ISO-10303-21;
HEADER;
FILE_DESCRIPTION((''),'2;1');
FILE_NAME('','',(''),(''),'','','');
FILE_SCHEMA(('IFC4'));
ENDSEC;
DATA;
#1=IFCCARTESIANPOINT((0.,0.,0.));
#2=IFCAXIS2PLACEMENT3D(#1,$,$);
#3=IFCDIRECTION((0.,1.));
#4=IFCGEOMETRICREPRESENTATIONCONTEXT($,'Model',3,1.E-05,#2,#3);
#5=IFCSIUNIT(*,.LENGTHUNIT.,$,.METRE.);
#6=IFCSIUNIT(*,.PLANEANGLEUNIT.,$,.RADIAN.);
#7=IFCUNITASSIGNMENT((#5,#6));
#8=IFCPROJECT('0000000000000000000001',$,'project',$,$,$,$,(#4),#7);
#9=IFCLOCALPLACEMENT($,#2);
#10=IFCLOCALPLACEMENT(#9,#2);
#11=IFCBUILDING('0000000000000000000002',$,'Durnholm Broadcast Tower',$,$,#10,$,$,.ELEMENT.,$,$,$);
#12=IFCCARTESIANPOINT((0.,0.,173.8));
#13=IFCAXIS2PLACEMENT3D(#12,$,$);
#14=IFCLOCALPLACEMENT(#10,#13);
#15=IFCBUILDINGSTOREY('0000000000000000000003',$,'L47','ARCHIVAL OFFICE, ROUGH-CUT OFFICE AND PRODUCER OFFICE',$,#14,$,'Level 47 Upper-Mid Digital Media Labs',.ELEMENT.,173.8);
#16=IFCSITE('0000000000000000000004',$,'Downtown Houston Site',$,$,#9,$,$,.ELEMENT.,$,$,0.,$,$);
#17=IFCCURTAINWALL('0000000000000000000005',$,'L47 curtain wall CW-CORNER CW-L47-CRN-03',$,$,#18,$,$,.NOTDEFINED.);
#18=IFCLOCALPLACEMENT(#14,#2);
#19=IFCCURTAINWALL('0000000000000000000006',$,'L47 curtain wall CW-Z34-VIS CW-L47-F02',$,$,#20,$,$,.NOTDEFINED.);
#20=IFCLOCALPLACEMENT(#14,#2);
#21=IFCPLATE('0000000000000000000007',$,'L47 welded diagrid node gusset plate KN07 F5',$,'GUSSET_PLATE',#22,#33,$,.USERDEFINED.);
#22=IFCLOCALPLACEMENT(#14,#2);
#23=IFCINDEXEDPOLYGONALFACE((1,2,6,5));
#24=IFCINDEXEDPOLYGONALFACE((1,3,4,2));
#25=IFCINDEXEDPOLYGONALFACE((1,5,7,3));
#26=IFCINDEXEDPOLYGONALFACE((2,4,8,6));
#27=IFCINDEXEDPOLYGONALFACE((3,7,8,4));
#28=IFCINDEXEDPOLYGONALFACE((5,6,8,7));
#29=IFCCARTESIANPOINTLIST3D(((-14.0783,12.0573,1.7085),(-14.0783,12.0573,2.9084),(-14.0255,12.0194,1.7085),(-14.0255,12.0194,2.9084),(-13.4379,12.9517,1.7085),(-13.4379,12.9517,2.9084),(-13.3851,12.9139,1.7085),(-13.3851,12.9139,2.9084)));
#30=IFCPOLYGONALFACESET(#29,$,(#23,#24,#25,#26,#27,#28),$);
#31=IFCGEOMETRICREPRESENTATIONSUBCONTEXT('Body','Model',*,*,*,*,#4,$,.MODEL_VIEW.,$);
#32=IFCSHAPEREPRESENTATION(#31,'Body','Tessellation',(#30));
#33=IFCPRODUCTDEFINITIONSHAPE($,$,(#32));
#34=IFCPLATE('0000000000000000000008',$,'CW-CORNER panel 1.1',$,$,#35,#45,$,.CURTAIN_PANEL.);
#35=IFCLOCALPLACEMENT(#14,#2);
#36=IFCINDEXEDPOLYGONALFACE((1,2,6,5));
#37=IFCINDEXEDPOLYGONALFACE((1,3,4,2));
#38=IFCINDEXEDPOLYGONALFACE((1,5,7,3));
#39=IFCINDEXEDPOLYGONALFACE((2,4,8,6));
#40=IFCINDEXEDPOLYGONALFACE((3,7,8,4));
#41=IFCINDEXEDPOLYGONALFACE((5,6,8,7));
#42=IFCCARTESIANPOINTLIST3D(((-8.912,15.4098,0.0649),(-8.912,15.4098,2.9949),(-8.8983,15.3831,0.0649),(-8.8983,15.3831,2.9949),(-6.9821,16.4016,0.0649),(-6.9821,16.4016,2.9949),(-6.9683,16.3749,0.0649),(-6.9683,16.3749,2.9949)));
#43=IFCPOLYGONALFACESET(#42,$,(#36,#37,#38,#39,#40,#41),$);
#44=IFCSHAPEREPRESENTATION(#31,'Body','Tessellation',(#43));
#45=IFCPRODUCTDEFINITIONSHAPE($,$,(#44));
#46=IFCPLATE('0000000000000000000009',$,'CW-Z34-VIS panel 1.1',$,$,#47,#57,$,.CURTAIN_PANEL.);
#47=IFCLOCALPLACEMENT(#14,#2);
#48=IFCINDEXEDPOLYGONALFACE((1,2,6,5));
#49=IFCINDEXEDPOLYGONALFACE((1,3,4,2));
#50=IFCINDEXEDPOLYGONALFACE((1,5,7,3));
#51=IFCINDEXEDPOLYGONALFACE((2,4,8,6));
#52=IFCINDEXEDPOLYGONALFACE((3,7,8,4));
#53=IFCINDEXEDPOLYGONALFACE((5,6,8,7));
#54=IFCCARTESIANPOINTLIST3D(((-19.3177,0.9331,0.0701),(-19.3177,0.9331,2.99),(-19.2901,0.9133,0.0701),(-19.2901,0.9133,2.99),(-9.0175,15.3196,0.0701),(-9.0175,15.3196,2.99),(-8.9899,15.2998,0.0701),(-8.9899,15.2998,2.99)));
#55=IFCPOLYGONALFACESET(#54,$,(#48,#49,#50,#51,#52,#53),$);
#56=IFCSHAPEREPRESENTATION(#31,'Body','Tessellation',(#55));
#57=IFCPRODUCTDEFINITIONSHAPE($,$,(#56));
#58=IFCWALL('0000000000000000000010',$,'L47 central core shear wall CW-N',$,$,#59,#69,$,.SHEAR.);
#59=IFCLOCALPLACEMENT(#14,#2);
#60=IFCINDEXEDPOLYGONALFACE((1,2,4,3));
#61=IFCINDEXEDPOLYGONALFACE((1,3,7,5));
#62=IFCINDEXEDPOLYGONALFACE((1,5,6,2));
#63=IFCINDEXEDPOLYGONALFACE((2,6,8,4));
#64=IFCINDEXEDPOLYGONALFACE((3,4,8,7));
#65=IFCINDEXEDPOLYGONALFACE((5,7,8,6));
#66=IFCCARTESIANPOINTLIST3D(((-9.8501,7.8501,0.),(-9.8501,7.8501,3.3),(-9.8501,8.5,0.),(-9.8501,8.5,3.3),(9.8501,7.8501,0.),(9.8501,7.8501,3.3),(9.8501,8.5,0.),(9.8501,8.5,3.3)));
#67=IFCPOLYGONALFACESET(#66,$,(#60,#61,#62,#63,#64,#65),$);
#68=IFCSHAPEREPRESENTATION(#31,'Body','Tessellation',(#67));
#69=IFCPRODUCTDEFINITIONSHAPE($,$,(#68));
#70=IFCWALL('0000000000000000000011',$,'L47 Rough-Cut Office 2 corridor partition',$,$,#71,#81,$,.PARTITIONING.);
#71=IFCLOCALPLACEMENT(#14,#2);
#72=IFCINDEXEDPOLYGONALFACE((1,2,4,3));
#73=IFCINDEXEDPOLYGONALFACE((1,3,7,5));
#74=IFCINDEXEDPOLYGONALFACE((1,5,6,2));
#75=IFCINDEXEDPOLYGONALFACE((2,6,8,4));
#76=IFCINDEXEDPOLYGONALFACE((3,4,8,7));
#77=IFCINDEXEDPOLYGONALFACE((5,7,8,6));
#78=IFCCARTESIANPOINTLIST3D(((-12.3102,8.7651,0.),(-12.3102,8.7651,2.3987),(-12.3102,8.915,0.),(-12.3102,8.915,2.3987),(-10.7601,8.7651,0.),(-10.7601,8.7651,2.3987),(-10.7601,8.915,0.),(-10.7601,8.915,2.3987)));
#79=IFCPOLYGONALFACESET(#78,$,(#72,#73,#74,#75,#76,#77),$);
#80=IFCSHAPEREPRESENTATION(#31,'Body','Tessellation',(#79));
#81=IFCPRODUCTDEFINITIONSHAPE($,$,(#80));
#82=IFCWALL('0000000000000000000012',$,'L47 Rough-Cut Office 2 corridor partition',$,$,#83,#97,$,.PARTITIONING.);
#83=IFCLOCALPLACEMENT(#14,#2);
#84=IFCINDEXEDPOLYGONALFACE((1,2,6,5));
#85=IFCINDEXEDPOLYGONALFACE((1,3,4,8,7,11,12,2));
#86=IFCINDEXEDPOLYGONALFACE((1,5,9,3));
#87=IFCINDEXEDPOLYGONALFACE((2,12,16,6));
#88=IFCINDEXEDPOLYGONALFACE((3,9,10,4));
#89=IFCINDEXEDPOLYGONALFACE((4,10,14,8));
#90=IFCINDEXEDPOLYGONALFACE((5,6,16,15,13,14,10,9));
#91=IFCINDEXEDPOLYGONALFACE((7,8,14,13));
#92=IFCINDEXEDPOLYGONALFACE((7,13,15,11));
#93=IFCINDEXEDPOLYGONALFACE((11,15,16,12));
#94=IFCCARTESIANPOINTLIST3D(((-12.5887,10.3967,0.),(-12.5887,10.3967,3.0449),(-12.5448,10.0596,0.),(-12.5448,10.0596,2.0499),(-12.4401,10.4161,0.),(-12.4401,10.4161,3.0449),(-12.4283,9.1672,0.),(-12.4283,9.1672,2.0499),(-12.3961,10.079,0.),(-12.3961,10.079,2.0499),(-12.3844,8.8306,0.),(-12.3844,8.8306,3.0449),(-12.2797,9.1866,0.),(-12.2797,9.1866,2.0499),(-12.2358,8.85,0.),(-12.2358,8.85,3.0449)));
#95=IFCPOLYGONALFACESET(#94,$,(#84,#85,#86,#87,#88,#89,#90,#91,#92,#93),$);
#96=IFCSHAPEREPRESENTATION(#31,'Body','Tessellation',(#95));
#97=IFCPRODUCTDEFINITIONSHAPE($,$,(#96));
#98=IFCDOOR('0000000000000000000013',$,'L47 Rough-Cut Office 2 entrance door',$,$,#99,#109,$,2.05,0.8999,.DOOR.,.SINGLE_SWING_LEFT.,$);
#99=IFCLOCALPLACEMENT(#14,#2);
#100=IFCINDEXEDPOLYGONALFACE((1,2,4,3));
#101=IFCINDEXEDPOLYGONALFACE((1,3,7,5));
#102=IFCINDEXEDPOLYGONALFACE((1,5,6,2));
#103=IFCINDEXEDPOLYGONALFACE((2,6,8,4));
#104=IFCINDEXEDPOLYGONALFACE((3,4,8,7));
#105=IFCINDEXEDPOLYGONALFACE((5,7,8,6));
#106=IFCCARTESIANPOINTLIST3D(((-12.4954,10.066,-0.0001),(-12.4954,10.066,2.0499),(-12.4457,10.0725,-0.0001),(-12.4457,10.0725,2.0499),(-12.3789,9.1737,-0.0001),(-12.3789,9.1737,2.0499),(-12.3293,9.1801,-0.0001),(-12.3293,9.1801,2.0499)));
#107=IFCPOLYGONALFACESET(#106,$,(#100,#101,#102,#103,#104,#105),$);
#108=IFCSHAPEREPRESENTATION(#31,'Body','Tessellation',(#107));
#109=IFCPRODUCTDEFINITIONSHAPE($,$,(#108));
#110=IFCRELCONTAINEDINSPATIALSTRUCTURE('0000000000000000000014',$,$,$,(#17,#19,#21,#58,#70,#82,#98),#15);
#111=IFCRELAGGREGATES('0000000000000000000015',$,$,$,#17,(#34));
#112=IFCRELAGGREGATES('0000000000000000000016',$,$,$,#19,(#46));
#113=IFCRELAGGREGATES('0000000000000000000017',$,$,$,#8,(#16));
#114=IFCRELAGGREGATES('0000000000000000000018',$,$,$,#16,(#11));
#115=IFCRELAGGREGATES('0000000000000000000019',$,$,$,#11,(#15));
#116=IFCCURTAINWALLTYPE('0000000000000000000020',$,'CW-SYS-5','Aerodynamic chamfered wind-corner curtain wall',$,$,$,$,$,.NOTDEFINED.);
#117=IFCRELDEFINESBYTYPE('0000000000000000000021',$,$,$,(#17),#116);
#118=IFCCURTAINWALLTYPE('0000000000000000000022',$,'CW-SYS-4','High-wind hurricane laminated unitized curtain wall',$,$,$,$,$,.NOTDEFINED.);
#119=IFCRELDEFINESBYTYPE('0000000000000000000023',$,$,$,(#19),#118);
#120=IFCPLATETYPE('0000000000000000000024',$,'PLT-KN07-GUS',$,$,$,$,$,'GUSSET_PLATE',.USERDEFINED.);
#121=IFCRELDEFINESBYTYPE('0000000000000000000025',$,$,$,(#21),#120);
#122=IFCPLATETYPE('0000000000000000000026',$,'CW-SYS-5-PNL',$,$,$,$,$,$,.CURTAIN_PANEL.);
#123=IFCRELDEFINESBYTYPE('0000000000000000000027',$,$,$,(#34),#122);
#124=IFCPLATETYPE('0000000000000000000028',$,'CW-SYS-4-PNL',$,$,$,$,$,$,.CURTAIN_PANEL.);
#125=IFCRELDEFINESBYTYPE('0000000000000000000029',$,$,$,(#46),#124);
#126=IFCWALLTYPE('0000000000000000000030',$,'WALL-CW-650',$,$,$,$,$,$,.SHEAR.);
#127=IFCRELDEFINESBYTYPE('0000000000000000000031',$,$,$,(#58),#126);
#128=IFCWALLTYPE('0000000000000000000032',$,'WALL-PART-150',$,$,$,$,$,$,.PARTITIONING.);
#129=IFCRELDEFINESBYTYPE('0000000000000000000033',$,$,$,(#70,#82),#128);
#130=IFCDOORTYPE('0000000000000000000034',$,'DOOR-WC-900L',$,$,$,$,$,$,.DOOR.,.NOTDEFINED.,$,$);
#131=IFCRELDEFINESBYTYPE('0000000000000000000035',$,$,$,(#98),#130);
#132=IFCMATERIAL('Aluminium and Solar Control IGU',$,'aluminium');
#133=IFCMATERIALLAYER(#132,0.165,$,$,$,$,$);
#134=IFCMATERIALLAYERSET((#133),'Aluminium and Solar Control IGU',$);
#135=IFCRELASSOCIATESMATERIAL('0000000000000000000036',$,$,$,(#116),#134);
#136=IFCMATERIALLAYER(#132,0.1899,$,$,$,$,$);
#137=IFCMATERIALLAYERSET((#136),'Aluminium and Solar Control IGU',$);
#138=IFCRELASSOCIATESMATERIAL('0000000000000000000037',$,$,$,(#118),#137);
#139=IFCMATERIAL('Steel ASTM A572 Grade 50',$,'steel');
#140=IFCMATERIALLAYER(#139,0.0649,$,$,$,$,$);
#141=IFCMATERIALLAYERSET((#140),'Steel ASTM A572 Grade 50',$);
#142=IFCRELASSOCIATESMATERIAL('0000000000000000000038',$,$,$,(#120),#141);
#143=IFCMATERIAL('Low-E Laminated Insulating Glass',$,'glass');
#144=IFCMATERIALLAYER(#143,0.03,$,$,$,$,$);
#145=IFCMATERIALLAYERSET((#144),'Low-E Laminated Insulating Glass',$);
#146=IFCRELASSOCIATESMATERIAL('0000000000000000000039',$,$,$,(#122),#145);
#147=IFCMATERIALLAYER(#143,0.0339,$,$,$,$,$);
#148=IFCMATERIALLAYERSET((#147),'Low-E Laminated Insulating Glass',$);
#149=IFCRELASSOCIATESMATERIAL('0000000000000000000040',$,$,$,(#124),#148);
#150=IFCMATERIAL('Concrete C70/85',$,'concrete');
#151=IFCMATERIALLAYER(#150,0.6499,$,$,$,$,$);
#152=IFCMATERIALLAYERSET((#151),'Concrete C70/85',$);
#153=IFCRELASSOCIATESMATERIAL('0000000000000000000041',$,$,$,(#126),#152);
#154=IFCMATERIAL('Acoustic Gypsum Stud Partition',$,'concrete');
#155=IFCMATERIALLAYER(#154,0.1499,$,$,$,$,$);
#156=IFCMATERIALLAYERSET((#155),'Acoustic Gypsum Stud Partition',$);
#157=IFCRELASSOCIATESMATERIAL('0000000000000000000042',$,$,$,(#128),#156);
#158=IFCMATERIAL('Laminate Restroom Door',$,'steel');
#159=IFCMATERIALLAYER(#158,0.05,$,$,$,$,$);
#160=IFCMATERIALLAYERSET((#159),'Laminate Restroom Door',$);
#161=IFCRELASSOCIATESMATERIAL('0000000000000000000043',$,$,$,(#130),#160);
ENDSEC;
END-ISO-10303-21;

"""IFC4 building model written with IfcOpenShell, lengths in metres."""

from ifc_helpers import new_model, si_unit, direction, frame, frame_2d, origin, origin_2d, place, context, subcontext, project, spatial, rectangle, extrude, source, transform, mapped, material, layer, layer_set, type_object, type_shapes, element, fill, aggregate, save


model = new_model("IFC4")

# Units and contexts
model_context = context("Model", 3, precision=1e-05, world=origin(), true_north=direction((0.0, 1.0)))
body_context = subcontext(model_context, "Body", "Model", "MODEL_VIEW")
ifc_project = project(units=[si_unit("LENGTHUNIT", "METRE"), si_unit("PLANEANGLEUNIT", "RADIAN")], contexts=[model_context])

# Site, building, storey
site_placement = place(None, origin())
site = spatial("IfcSite", under=ifc_project, at=site_placement, Name="Downtown Houston Site", CompositionType="ELEMENT", RefElevation=0.0)
building_placement = place(site_placement, origin())
building = spatial("IfcBuilding", under=site, at=building_placement, Name="Durnholm Broadcast Tower", CompositionType="ELEMENT")
storey_placement = place(building_placement, frame((0.0, 0.0, 173.8)))
storey = spatial("IfcBuildingStorey", under=building, at=storey_placement, Name="L47", Description="ARCHIVAL OFFICE, ROUGH-CUT OFFICE AND PRODUCER OFFICE", LongName="Level 47 Upper-Mid Digital Media Labs", CompositionType="ELEMENT", Elevation=173.8)

# Shared definitions
ifc_material_1 = material(Name="Concrete C70/85", Category="concrete")

# Curtain wall
ifc_material_2 = material(Name="Aluminium and Solar Control IGU", Category="aluminium")
ifc_layer_1 = layer(ifc_material_2, 0.165)
ifc_layer_set_1 = layer_set([ifc_layer_1], Name="Aluminium and Solar Control IGU")
curtain_wall_type_1 = type_object("IfcCurtainWallType", Name="CW-SYS-5", Description="Aerodynamic chamfered wind-corner curtain wall", PredefinedType="NOTDEFINED", material=ifc_layer_set_1)
curtain_wall_1_placement = place(storey_placement, origin())
curtain_wall_1 = element("IfcCurtainWall", 1, at=curtain_wall_1_placement, inside=storey, type_object=curtain_wall_type_1, Name="L47 curtain wall CW-CORNER CW-L47-CRN-03", PredefinedType="NOTDEFINED")

# Curtain wall
ifc_layer_2 = layer(ifc_material_2, 0.1899)
ifc_layer_set_2 = layer_set([ifc_layer_2], Name="Aluminium and Solar Control IGU")
curtain_wall_type_2 = type_object("IfcCurtainWallType", Name="CW-SYS-4", Description="High-wind hurricane laminated unitized curtain wall", PredefinedType="NOTDEFINED", material=ifc_layer_set_2)
curtain_wall_2_placement = place(storey_placement, origin())
curtain_wall_2 = element("IfcCurtainWall", 2, at=curtain_wall_2_placement, inside=storey, type_object=curtain_wall_type_2, Name="L47 curtain wall CW-Z34-VIS CW-L47-F02", PredefinedType="NOTDEFINED")

# Plate
ifc_material_3 = material(Name="Steel ASTM A572 Grade 50", Category="steel")
ifc_layer_3 = layer(ifc_material_3, 0.0649)
ifc_layer_set_3 = layer_set([ifc_layer_3], Name="Steel ASTM A572 Grade 50")
plate_type_1 = type_object("IfcPlateType", Name="PLT-KN07-GUS", ElementType="GUSSET_PLATE", PredefinedType="USERDEFINED", material=ifc_layer_set_3)
shared_shape_1 = source(origin(), body_context, "Body", "SweptSolid", [
    extrude(rectangle(XDim=1.1001, YDim=0.0649, at=origin_2d()), origin(), (0.0, 0.0, 1.0), 1.2),
])
type_shapes(plate_type_1, [shared_shape_1])
plate_1_placement = place(storey_placement, frame((-13.7317, 12.4856, 1.7085), z_axis=(0.0, 0.0, 1.0), x_axis=(-0.582123, -0.813101, 0.0)))
element("IfcPlate", 3, at=plate_1_placement, inside=storey, type_object=plate_type_1, Name="L47 welded diagrid node gusset plate KN07 F5", ObjectType="GUSSET_PLATE", PredefinedType="USERDEFINED", context=body_context, shape_type="MappedRepresentation", body=[
    mapped(shared_shape_1, transform((0.0, 0.0, 0.0), x_axis=(1.0, 0.0, 0.0), y_axis=(0.0, 1.0, 0.0), z_axis=(0.0, 0.0, 1.0), scale=1.0)),
])

# Plates
ifc_material_4 = material(Name="Low-E Laminated Insulating Glass", Category="glass")
ifc_layer_4 = layer(ifc_material_4, 0.03)
ifc_layer_set_4 = layer_set([ifc_layer_4], Name="Low-E Laminated Insulating Glass")
plate_type_2 = type_object("IfcPlateType", Name="CW-SYS-5-PNL", PredefinedType="CURTAIN_PANEL", material=ifc_layer_set_4)
shared_shape_2 = source(origin(), body_context, "Body", "SweptSolid", [
    extrude(rectangle(XDim=2.1699, YDim=0.03, at=origin_2d()), origin(), (0.0, 0.0, 1.0), 2.9299),
])
type_shapes(plate_type_2, [shared_shape_2])
plate_2_placement = place(storey_placement, frame((-7.9402, 15.8923, 0.0649), z_axis=(0.0, 0.0, 1.0), x_axis=(0.889425, 0.457082, 0.0)))
plate_2 = element("IfcPlate", 4, at=plate_2_placement, type_object=plate_type_2, Name="CW-CORNER panel 1.1", PredefinedType="CURTAIN_PANEL", context=body_context, shape_type="MappedRepresentation", body=[
    mapped(shared_shape_2, transform((0.0, 0.0, 0.0), x_axis=(1.0, 0.0, 0.0), y_axis=(0.0, 1.0, 0.0), z_axis=(0.0, 0.0, 1.0), scale=1.0)),
])
aggregate(curtain_wall_1, [plate_2])
ifc_layer_5 = layer(ifc_material_4, 0.0339)
ifc_layer_set_5 = layer_set([ifc_layer_5], Name="Low-E Laminated Insulating Glass")
plate_type_3 = type_object("IfcPlateType", Name="CW-SYS-4-PNL", PredefinedType="CURTAIN_PANEL", material=ifc_layer_set_5)
shared_shape_3 = source(origin(), body_context, "Body", "SweptSolid", [
    extrude(rectangle(XDim=17.6936, YDim=0.0339, at=origin_2d()), origin(), (0.0, 0.0, 1.0), 2.9199),
])
type_shapes(plate_type_3, [shared_shape_3])
plate_3_placement = place(storey_placement, frame((-14.1538, 8.1165, 0.0701), z_axis=(0.0, 0.0, 1.0), x_axis=(0.582139, 0.813089, 0.0)))
plate_3 = element("IfcPlate", 5, at=plate_3_placement, type_object=plate_type_3, Name="CW-Z34-VIS panel 1.1", PredefinedType="CURTAIN_PANEL", context=body_context, shape_type="MappedRepresentation", body=[
    mapped(shared_shape_3, transform((0.0, 0.0, 0.0), x_axis=(1.0, 0.0, 0.0), y_axis=(0.0, 1.0, 0.0), z_axis=(0.0, 0.0, 1.0), scale=1.0)),
])
aggregate(curtain_wall_2, [plate_3])

# Walls
ifc_layer_6 = layer(ifc_material_1, 0.6499)
ifc_layer_set_6 = layer_set([ifc_layer_6], Name="Concrete C70/85")
wall_type_1 = type_object("IfcWallType", Name="WALL-CW-650", PredefinedType="SHEAR", material=ifc_layer_set_6)
wall_1_placement = place(storey_placement, frame((-9.8501, 8.175, 0.0), z_axis=(0.0, 0.0, 1.0), x_axis=(1.0, 0.0, 0.0)))
element("IfcWall", 6, at=wall_1_placement, inside=storey, type_object=wall_type_1, Name="L47 central core shear wall CW-N", PredefinedType="SHEAR", context=body_context, shape_type="SweptSolid", body=[
    extrude(rectangle(XDim=19.7002, YDim=0.6499, at=frame_2d((9.8501, 0.0))), origin(), (0.0, 0.0, 1.0), 3.3),
])
ifc_material_5 = material(Name="Acoustic Gypsum Stud Partition", Category="concrete")
ifc_layer_7 = layer(ifc_material_5, 0.1499)
ifc_layer_set_7 = layer_set([ifc_layer_7], Name="Acoustic Gypsum Stud Partition")
wall_type_2 = type_object("IfcWallType", Name="WALL-PART-150", PredefinedType="PARTITIONING", material=ifc_layer_set_7)
wall_2_placement = place(storey_placement, frame((-12.3101, 8.8401, 0.0), z_axis=(0.0, 0.0, 1.0), x_axis=(1.0, 0.0, 0.0)))
element("IfcWall", 7, at=wall_2_placement, inside=storey, type_object=wall_type_2, Name="L47 Rough-Cut Office 2 corridor partition", PredefinedType="PARTITIONING", context=body_context, shape_type="SweptSolid", body=[
    extrude(rectangle(XDim=1.55, YDim=0.1499, at=frame_2d((0.7749, 0.0))), origin(), (0.0, 0.0, 1.0), 2.3987),
])

# Wall, opening, door
wall_3_placement = place(storey_placement, frame((-12.5144, 10.4062, 0.0), z_axis=(0.0, 0.0, 1.0), x_axis=(0.129379, -0.991595, 0.0)))
wall_3 = element("IfcWall", 8, at=wall_3_placement, inside=storey, type_object=wall_type_2, Name="L47 Rough-Cut Office 2 corridor partition", PredefinedType="PARTITIONING", context=body_context, shape_type="SweptSolid", body=[
    extrude(rectangle(XDim=1.5793, YDim=0.1499, at=frame_2d((0.7896, 0.0))), origin(), (0.0, 0.0, 1.0), 3.0449),
])
opening_placement = place(wall_3_placement, frame((0.3398, 0.0, 0.0)))
opening = element("IfcOpeningElement", 9, at=opening_placement, cuts=wall_3, PredefinedType="OPENING", context=body_context, shape_type="SweptSolid", body=[
    extrude(rectangle(XDim=0.8999, YDim=2.05, at=frame_2d((0.45, 1.0249))), frame((0.0, 0.085, 0.0), z_axis=(0.0, -1.0, 0.0), x_axis=(1.0, 0.0, 0.0)), (0.0, 0.0, 1.0), 0.1699),
])
ifc_material_6 = material(Name="Laminate Restroom Door", Category="steel")
ifc_layer_8 = layer(ifc_material_6, 0.05)
ifc_layer_set_8 = layer_set([ifc_layer_8], Name="Laminate Restroom Door")
door_type = type_object("IfcDoorType", Name="DOOR-WC-900L", OperationType="NOTDEFINED", PredefinedType="DOOR", material=ifc_layer_set_8)
shared_shape_4 = source(origin(), body_context, "Body", "SweptSolid", [
    extrude(rectangle(XDim=0.8999, YDim=2.05, at=frame_2d((0.45, 1.0249))), frame((0.0, 0.0249, 0.0), z_axis=(0.0, -1.0, 0.0), x_axis=(1.0, 0.0, 0.0)), (0.0, 0.0, 1.0), 0.05),
])
type_shapes(door_type, [shared_shape_4])
door_placement = place(opening_placement, origin())
door = element("IfcDoor", 10, at=door_placement, inside=storey, type_object=door_type, Name="L47 Rough-Cut Office 2 entrance door", OperationType="SINGLE_SWING_LEFT", OverallHeight=2.05, OverallWidth=0.8999, PredefinedType="DOOR", context=body_context, shape_type="MappedRepresentation", body=[
    mapped(shared_shape_4, transform((0.0, 0.0, 0.0), x_axis=(1.0, 0.0, 0.0), y_axis=(0.0, 1.0, 0.0), z_axis=(0.0, 0.0, 1.0), scale=1.0)),
])
fill(opening, door)

save(model, "model.ifc")
